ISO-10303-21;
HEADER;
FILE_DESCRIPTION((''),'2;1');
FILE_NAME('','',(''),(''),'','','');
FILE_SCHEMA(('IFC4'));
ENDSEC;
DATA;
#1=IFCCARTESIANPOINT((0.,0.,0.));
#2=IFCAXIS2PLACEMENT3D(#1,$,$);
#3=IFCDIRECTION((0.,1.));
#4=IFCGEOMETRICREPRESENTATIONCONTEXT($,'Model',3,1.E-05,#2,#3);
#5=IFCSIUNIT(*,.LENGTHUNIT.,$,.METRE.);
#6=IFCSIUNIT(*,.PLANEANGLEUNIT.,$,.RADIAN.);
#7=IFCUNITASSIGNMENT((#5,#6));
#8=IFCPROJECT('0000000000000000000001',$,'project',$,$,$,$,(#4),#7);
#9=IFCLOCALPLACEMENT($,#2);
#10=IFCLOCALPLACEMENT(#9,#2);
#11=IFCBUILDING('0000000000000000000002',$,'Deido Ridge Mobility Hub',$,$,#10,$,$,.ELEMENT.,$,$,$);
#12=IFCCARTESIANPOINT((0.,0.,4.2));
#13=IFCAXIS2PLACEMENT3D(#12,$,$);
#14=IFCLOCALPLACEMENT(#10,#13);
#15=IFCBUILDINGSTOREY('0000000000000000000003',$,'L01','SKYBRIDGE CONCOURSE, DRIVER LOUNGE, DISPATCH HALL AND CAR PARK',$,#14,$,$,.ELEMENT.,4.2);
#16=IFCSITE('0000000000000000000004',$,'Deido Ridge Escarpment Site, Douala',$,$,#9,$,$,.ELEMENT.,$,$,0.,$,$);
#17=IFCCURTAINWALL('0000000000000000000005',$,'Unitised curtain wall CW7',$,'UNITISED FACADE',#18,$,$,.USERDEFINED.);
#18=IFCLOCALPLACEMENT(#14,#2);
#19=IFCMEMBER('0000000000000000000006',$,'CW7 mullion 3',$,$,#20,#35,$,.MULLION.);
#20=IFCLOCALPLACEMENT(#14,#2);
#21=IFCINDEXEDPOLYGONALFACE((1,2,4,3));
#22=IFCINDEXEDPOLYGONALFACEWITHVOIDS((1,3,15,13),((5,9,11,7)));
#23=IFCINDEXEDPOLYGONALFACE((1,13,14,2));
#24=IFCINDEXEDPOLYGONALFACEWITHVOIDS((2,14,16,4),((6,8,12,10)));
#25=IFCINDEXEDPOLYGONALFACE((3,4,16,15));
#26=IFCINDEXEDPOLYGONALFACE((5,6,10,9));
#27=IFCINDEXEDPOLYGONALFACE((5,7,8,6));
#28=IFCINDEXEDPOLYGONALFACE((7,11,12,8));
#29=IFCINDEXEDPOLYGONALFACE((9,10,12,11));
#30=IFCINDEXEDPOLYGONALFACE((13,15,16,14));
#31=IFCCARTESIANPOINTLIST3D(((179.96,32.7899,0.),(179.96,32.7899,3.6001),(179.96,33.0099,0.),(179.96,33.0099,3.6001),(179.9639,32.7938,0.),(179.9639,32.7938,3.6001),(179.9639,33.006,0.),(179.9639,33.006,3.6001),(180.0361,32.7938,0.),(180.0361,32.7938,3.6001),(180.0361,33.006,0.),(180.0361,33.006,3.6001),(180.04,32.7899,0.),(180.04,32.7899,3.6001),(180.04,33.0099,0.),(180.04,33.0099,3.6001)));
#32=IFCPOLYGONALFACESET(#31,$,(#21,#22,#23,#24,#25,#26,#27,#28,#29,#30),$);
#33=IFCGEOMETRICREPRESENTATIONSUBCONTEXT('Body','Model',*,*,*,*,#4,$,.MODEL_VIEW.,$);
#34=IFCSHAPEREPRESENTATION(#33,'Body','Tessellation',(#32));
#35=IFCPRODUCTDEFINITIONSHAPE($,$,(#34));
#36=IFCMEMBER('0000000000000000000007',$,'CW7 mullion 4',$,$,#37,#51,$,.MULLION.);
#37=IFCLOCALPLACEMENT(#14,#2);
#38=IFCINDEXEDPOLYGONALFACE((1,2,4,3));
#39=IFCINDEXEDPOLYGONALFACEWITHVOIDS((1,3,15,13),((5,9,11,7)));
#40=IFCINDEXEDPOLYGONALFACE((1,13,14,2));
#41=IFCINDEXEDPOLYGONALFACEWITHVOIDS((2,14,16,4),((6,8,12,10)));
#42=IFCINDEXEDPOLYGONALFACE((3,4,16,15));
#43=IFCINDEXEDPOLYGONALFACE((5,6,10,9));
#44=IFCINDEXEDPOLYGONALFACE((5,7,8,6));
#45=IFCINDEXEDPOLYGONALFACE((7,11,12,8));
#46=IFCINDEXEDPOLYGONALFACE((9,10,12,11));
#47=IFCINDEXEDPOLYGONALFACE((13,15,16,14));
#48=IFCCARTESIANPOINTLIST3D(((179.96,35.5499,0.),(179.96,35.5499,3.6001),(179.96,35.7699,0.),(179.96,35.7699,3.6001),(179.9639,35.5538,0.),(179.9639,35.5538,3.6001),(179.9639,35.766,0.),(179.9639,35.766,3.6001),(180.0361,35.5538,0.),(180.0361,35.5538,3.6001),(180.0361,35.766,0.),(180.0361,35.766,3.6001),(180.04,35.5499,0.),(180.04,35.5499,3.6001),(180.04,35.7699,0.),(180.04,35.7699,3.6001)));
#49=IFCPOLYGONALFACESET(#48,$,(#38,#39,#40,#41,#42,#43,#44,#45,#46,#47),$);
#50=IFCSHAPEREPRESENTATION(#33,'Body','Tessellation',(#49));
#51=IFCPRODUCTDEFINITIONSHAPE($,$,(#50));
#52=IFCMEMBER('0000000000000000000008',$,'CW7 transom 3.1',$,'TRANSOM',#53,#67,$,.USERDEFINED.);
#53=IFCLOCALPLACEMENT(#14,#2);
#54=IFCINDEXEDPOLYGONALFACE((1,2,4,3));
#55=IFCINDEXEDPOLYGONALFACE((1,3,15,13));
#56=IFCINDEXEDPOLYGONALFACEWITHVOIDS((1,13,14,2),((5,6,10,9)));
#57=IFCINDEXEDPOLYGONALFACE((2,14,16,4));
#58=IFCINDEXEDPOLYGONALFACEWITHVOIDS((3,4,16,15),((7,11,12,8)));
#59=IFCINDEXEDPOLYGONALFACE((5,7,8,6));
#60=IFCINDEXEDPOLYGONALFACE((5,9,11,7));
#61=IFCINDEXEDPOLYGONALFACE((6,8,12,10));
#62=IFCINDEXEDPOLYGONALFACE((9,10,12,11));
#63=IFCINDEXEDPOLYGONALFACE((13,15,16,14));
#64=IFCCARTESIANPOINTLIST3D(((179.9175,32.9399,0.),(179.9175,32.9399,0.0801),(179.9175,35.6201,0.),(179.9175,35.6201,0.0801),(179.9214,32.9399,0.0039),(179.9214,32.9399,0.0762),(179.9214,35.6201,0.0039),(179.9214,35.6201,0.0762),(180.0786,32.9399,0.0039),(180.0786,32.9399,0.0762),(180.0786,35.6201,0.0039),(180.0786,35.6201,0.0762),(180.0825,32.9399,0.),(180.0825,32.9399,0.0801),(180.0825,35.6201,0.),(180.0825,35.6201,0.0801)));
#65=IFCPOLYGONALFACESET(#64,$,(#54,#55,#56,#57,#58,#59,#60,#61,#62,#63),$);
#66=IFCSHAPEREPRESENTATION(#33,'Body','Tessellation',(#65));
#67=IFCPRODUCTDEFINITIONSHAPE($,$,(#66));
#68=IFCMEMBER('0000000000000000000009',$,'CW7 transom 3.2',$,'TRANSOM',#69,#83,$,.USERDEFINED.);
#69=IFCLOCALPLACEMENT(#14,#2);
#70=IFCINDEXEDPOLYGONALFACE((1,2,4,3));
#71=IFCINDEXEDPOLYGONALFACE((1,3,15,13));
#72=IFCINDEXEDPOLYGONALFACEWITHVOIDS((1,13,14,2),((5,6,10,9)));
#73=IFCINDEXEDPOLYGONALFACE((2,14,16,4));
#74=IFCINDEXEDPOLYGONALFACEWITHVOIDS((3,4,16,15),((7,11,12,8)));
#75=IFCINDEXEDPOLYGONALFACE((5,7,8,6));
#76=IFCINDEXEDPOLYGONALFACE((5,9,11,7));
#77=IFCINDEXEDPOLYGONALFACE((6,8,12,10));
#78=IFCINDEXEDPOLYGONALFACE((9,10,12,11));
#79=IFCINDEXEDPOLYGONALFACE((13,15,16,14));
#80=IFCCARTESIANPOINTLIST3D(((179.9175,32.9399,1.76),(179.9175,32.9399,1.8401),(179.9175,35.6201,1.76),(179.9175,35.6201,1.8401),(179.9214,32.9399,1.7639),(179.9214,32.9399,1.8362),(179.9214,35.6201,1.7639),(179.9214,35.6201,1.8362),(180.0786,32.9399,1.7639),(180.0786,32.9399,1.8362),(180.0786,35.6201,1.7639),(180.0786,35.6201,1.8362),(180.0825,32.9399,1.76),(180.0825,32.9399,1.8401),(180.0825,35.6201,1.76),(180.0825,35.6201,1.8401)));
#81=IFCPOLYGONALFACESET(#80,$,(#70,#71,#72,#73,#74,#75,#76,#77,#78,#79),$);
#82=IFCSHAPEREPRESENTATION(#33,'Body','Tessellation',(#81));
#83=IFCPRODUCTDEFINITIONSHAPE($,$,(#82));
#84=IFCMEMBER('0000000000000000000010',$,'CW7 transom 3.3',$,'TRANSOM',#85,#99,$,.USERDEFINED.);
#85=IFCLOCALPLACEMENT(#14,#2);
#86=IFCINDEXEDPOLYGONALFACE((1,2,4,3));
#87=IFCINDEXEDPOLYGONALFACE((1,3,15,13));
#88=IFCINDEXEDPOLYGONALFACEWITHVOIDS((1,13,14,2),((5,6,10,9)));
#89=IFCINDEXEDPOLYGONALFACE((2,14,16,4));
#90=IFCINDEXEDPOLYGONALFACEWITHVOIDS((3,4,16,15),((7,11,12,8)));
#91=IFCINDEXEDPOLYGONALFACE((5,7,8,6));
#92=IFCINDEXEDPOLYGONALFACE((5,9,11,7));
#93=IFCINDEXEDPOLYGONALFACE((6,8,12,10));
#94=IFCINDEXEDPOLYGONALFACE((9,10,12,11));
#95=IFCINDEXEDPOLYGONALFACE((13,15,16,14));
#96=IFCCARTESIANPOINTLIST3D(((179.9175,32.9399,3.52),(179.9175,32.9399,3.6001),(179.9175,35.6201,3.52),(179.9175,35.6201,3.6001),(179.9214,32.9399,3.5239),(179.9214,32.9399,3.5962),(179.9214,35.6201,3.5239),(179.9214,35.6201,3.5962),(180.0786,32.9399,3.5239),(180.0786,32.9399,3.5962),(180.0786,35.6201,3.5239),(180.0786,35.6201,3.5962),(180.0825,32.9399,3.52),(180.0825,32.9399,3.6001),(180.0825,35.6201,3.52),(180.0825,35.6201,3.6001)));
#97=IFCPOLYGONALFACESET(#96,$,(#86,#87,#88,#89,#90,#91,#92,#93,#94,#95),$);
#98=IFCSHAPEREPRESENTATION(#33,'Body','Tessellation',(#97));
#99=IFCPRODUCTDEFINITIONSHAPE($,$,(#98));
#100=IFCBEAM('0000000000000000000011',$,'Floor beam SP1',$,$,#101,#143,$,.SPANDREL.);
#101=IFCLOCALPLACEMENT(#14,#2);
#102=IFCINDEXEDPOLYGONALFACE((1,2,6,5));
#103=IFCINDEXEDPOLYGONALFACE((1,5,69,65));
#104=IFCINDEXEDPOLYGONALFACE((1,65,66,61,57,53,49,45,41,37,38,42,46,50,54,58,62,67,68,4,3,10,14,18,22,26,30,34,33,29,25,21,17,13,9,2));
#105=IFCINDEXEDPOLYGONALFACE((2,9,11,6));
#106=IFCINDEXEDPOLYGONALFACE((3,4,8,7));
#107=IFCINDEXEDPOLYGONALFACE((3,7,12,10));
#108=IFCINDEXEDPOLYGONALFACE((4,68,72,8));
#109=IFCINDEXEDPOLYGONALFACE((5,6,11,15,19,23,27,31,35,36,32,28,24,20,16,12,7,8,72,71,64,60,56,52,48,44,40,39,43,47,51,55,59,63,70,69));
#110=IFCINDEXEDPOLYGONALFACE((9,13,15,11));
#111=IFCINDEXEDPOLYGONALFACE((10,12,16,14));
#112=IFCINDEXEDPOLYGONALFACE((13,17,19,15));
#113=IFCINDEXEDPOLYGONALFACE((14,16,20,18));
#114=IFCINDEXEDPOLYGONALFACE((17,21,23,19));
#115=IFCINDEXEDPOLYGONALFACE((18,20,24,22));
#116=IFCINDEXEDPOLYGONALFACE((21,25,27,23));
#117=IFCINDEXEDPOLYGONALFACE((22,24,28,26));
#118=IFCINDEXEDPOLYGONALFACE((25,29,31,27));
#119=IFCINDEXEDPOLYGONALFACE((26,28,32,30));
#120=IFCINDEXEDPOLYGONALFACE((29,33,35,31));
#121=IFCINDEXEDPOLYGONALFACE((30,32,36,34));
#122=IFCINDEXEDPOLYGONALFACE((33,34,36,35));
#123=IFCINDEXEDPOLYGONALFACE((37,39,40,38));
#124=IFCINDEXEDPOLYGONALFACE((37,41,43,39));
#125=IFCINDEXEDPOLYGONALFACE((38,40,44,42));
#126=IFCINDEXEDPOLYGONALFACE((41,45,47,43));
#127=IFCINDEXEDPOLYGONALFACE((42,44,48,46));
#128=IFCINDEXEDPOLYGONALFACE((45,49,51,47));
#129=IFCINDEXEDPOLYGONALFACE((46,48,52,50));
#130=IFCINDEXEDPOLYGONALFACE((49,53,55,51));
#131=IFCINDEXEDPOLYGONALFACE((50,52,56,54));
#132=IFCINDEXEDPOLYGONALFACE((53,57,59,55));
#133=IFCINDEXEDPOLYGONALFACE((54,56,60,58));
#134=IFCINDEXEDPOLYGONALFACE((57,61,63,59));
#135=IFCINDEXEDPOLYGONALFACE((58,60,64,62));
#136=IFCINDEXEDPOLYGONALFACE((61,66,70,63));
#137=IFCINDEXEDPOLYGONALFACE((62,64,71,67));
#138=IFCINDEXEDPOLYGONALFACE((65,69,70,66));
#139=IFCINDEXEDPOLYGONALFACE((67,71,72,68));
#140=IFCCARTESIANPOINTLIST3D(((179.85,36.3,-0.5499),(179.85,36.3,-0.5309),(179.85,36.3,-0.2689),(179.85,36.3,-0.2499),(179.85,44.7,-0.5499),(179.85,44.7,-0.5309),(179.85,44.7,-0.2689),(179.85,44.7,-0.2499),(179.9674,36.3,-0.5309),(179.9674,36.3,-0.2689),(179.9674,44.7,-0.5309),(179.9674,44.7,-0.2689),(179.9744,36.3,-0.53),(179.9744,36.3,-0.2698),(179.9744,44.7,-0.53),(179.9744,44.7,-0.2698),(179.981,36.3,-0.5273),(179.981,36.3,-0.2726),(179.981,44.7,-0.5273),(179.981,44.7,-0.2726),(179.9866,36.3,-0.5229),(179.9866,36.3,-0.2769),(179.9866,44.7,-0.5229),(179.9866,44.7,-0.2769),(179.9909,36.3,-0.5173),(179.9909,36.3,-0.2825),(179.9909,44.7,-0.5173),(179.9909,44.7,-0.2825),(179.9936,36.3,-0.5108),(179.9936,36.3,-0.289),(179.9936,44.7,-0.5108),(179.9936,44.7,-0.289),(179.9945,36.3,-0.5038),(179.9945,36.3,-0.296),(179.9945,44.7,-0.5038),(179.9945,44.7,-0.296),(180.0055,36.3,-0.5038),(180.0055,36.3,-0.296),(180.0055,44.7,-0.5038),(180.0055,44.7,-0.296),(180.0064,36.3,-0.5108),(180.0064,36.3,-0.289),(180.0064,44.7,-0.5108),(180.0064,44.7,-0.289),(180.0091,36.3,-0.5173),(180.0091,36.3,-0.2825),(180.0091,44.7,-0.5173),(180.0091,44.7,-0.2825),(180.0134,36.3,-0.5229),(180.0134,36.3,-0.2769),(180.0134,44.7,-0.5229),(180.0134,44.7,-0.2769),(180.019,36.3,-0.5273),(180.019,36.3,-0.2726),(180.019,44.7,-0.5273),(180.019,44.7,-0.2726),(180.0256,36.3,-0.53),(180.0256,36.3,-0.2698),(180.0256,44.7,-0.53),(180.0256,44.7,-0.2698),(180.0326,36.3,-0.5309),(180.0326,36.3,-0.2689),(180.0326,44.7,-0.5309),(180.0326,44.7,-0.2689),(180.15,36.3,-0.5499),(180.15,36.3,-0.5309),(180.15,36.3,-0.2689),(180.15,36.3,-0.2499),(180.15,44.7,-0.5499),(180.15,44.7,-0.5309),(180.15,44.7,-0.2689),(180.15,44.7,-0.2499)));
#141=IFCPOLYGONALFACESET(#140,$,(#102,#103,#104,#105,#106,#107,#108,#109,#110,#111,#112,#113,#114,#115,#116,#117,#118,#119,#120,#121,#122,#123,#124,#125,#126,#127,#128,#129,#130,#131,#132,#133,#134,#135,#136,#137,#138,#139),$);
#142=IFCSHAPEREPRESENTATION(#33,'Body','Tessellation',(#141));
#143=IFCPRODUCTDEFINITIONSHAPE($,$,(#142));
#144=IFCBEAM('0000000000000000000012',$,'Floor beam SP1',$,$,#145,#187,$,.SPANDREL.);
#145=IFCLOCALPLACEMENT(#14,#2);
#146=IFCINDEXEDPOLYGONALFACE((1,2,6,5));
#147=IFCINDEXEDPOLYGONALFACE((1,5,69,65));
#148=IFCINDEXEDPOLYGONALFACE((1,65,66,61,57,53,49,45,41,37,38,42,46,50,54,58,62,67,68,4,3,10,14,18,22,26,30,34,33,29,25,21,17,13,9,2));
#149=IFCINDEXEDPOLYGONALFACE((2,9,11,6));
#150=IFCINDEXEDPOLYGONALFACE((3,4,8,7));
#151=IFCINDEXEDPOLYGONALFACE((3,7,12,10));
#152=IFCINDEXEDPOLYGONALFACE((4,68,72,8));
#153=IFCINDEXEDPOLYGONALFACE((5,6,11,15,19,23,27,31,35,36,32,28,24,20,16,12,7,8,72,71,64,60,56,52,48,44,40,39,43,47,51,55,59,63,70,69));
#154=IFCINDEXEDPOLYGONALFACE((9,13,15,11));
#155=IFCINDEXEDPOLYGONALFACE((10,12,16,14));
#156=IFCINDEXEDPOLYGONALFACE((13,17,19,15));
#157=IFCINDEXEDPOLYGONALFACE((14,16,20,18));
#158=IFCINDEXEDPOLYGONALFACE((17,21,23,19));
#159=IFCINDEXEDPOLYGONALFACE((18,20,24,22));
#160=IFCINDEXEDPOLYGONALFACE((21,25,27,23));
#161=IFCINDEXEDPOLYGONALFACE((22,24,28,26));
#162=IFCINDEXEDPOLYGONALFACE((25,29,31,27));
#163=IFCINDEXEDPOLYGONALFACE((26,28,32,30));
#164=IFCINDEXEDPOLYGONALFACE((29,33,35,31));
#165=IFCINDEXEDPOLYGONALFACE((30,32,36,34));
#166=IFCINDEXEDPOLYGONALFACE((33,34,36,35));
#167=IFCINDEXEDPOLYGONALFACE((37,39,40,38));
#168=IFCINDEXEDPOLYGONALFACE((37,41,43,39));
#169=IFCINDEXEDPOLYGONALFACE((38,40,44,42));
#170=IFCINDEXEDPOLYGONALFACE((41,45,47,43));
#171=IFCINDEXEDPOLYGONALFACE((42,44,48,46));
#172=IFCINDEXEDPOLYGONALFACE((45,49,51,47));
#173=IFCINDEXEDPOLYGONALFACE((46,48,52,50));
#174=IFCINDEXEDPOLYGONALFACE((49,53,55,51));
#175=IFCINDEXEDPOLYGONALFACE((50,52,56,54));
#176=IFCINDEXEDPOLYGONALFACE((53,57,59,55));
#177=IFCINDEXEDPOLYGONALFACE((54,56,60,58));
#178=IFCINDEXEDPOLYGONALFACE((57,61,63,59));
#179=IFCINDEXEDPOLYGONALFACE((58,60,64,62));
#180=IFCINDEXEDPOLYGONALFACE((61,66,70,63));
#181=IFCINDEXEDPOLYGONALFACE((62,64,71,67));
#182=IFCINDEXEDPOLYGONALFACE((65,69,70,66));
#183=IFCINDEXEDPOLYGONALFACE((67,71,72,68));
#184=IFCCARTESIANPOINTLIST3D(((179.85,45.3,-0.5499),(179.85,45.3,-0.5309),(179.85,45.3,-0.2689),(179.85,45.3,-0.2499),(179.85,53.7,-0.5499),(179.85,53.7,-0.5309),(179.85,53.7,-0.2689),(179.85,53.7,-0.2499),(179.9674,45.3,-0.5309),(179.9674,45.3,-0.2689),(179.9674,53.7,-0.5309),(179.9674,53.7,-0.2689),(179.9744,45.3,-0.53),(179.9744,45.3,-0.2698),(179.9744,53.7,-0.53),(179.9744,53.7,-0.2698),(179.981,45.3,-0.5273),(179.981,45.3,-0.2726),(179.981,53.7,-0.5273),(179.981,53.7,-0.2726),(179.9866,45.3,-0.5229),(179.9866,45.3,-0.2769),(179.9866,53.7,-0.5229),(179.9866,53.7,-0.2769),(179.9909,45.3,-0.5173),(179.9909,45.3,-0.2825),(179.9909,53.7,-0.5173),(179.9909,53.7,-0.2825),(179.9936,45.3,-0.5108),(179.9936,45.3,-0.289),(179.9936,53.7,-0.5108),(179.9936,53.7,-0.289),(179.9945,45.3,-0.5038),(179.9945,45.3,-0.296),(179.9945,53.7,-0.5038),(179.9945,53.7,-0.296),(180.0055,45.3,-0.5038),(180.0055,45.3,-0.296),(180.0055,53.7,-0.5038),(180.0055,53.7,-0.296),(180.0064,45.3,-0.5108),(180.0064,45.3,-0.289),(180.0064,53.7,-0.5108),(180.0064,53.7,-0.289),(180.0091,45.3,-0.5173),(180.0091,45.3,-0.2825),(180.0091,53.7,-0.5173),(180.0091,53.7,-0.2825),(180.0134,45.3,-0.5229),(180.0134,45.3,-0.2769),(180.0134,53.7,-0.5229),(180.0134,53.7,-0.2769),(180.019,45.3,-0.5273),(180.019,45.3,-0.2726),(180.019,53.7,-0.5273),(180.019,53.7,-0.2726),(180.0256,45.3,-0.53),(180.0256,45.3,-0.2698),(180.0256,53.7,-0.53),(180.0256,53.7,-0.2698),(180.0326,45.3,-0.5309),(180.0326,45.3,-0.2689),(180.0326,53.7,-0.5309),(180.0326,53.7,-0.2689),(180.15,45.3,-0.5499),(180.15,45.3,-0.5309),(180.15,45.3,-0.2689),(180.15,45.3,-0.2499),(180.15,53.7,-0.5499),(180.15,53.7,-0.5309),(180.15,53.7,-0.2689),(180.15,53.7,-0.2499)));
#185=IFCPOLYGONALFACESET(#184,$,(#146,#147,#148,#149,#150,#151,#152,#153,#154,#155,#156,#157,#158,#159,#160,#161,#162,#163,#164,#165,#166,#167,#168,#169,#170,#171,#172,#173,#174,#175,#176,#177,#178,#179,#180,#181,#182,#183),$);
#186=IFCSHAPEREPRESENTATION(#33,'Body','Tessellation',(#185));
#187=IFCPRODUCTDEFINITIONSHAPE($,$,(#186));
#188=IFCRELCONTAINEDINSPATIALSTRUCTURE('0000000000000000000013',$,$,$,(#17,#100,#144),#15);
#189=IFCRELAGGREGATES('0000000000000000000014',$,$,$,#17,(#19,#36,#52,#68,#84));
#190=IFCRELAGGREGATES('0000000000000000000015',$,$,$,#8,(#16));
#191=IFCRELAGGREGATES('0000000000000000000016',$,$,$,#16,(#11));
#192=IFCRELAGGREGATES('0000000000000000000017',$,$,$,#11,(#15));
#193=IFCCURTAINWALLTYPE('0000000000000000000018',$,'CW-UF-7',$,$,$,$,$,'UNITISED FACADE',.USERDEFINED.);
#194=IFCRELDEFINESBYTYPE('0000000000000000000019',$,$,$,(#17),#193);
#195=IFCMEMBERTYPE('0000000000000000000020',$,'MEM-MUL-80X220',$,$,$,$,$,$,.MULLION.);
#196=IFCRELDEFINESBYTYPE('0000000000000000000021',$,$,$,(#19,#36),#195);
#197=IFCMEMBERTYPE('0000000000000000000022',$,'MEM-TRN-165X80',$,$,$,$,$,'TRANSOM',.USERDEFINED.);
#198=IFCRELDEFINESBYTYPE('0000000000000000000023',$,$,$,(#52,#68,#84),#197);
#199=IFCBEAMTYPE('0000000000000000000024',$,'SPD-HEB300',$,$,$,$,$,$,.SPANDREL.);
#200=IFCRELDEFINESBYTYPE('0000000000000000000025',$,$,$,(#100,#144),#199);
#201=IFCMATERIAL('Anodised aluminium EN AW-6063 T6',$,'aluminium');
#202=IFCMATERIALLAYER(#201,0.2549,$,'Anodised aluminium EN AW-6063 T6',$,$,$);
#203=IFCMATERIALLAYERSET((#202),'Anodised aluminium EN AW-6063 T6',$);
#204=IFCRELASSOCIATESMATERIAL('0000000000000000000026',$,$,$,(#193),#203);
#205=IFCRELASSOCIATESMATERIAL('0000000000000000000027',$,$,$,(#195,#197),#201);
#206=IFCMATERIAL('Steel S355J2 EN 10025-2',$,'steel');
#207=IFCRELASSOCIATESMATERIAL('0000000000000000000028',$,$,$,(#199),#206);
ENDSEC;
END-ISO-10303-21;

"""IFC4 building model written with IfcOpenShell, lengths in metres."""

from ifc_helpers import new_model, si_unit, direction, frame, origin, origin_2d, place, context, subcontext, project, spatial, hollow_rectangle, i_section, extrude, material, layer, layer_set, material_profile, profile_set, type_object, element, aggregate, save


model = new_model("IFC4")

# Units and contexts
model_context = context("Model", 3, precision=1e-05, world=origin(), true_north=direction((0.0, 1.0)))
body_context = subcontext(model_context, "Body", "Model", "MODEL_VIEW")
ifc_project = project(units=[si_unit("LENGTHUNIT", "METRE"), si_unit("PLANEANGLEUNIT", "RADIAN")], contexts=[model_context])

# Site, building, storey
site_placement = place(None, origin())
site = spatial("IfcSite", under=ifc_project, at=site_placement, Name="Deido Ridge Escarpment Site, Douala", CompositionType="ELEMENT", RefElevation=0.0)
building_placement = place(site_placement, origin())
building = spatial("IfcBuilding", under=site, at=building_placement, Name="Deido Ridge Mobility Hub", CompositionType="ELEMENT")
storey_placement = place(building_placement, frame((0.0, 0.0, 4.2)))
storey = spatial("IfcBuildingStorey", under=building, at=storey_placement, Name="L01", Description="SKYBRIDGE CONCOURSE, DRIVER LOUNGE, DISPATCH HALL AND CAR PARK", CompositionType="ELEMENT", Elevation=4.2)

# Shared definitions
ifc_material_1 = material(Name="Steel S355J2 EN 10025-2", Category="steel")

# Curtain wall, members
ifc_material_2 = material(Name="Anodised aluminium EN AW-6063 T6", Category="aluminium")
ifc_layer_1 = layer(ifc_material_2, 0.2549, Name="Anodised aluminium EN AW-6063 T6")
ifc_layer_set_1 = layer_set([ifc_layer_1], Name="Anodised aluminium EN AW-6063 T6")
curtain_wall_type = type_object("IfcCurtainWallType", Name="CW-UF-7", ElementType="UNITISED FACADE", PredefinedType="USERDEFINED", material=ifc_layer_set_1)
curtain_wall_placement = place(storey_placement, origin())
curtain_wall = element("IfcCurtainWall", 1, at=curtain_wall_placement, inside=storey, type_object=curtain_wall_type, Name="Unitised curtain wall CW7", ObjectType="UNITISED FACADE", PredefinedType="USERDEFINED")
ifc_material_profile_1 = material_profile(ifc_material_2, hollow_rectangle(XDim=0.0801, YDim=0.22, WallThickness=0.0039, at=origin_2d()), Name="RHS 80x220x4")
ifc_profile_set_1 = profile_set([ifc_material_profile_1], Name="Anodised aluminium EN AW-6063 T6")
member_type_1 = type_object("IfcMemberType", Name="MEM-MUL-80X220", PredefinedType="MULLION", material=ifc_profile_set_1)
member_1_placement = place(storey_placement, frame((180.0, 32.8999, 0.0), z_axis=(0.0, 0.0, 1.0), x_axis=(-1.0, 0.0, 0.0)))
member_1 = element("IfcMember", 2, at=member_1_placement, type_object=member_type_1, Name="CW7 mullion 3", PredefinedType="MULLION", context=body_context, shape_type="SweptSolid", body=[
    extrude(hollow_rectangle(XDim=0.0801, YDim=0.22, WallThickness=0.0039, at=origin_2d()), origin(), (0.0, 0.0, 1.0), 3.6001),
])
member_2_placement = place(storey_placement, frame((180.0, 35.6599, 0.0), z_axis=(0.0, 0.0, 1.0), x_axis=(-1.0, 0.0, 0.0)))
member_2 = element("IfcMember", 3, at=member_2_placement, type_object=member_type_1, Name="CW7 mullion 4", PredefinedType="MULLION", context=body_context, shape_type="SweptSolid", body=[
    extrude(hollow_rectangle(XDim=0.0801, YDim=0.22, WallThickness=0.0039, at=origin_2d()), origin(), (0.0, 0.0, 1.0), 3.6001),
])
ifc_material_profile_2 = material_profile(ifc_material_2, hollow_rectangle(XDim=0.165, YDim=0.0801, WallThickness=0.0039, at=origin_2d()), Name="RHS 165x80x4")
ifc_profile_set_2 = profile_set([ifc_material_profile_2], Name="Anodised aluminium EN AW-6063 T6")
member_type_2 = type_object("IfcMemberType", Name="MEM-TRN-165X80", ElementType="TRANSOM", PredefinedType="USERDEFINED", material=ifc_profile_set_2)
member_3_placement = place(storey_placement, frame((180.0, 32.9399, 0.04), z_axis=(0.0, 1.0, 0.0), x_axis=(-1.0, 0.0, 0.0)))
member_3 = element("IfcMember", 4, at=member_3_placement, type_object=member_type_2, Name="CW7 transom 3.1", ObjectType="TRANSOM", PredefinedType="USERDEFINED", context=body_context, shape_type="SweptSolid", body=[
    extrude(hollow_rectangle(XDim=0.165, YDim=0.0801, WallThickness=0.0039, at=origin_2d()), origin(), (0.0, 0.0, 1.0), 2.6802),
])
member_4_placement = place(storey_placement, frame((180.0, 32.9399, 1.8), z_axis=(0.0, 1.0, 0.0), x_axis=(-1.0, 0.0, 0.0)))
member_4 = element("IfcMember", 5, at=member_4_placement, type_object=member_type_2, Name="CW7 transom 3.2", ObjectType="TRANSOM", PredefinedType="USERDEFINED", context=body_context, shape_type="SweptSolid", body=[
    extrude(hollow_rectangle(XDim=0.165, YDim=0.0801, WallThickness=0.0039, at=origin_2d()), origin(), (0.0, 0.0, 1.0), 2.6802),
])
member_5_placement = place(storey_placement, frame((180.0, 32.9399, 3.5601), z_axis=(0.0, 1.0, 0.0), x_axis=(-1.0, 0.0, 0.0)))
member_5 = element("IfcMember", 6, at=member_5_placement, type_object=member_type_2, Name="CW7 transom 3.3", ObjectType="TRANSOM", PredefinedType="USERDEFINED", context=body_context, shape_type="SweptSolid", body=[
    extrude(hollow_rectangle(XDim=0.165, YDim=0.0801, WallThickness=0.0039, at=origin_2d()), origin(), (0.0, 0.0, 1.0), 2.6802),
])

# Beams
ifc_material_profile_3 = material_profile(ifc_material_1, i_section(OverallWidth=0.3, OverallDepth=0.3, WebThickness=0.011, FlangeThickness=0.019, FilletRadius=0.0271, at=origin_2d()), Name="HEB 300")
ifc_profile_set_3 = profile_set([ifc_material_profile_3], Name="Steel S355J2 EN 10025-2")
beam_type_1 = type_object("IfcBeamType", Name="SPD-HEB300", PredefinedType="SPANDREL", material=ifc_profile_set_3)
for number, where, z_axis, x_axis, name in (
    (7, (180.0, 36.3, -0.3999), (0.0, 1.0, 0.0), (-1.0, 0.0, 0.0), "Floor beam SP1"),
    (8, (180.0, 45.3, -0.3999), (0.0, 1.0, 0.0), (-1.0, 0.0, 0.0), "Floor beam SP1"),
):
    element("IfcBeam", number, at=place(storey_placement, frame(where, z_axis=z_axis, x_axis=x_axis)), inside=storey, type_object=beam_type_1, Name=name, PredefinedType="SPANDREL", context=body_context, shape_type="SweptSolid", body=[
        extrude(i_section(OverallWidth=0.3, OverallDepth=0.3, WebThickness=0.011, FlangeThickness=0.019, FilletRadius=0.0271, at=origin_2d()), origin(), (0.0, 0.0, 1.0), 8.3999),
    ])

aggregate(curtain_wall, [member_1, member_2, member_3, member_4, member_5])

save(model, "model.ifc")
